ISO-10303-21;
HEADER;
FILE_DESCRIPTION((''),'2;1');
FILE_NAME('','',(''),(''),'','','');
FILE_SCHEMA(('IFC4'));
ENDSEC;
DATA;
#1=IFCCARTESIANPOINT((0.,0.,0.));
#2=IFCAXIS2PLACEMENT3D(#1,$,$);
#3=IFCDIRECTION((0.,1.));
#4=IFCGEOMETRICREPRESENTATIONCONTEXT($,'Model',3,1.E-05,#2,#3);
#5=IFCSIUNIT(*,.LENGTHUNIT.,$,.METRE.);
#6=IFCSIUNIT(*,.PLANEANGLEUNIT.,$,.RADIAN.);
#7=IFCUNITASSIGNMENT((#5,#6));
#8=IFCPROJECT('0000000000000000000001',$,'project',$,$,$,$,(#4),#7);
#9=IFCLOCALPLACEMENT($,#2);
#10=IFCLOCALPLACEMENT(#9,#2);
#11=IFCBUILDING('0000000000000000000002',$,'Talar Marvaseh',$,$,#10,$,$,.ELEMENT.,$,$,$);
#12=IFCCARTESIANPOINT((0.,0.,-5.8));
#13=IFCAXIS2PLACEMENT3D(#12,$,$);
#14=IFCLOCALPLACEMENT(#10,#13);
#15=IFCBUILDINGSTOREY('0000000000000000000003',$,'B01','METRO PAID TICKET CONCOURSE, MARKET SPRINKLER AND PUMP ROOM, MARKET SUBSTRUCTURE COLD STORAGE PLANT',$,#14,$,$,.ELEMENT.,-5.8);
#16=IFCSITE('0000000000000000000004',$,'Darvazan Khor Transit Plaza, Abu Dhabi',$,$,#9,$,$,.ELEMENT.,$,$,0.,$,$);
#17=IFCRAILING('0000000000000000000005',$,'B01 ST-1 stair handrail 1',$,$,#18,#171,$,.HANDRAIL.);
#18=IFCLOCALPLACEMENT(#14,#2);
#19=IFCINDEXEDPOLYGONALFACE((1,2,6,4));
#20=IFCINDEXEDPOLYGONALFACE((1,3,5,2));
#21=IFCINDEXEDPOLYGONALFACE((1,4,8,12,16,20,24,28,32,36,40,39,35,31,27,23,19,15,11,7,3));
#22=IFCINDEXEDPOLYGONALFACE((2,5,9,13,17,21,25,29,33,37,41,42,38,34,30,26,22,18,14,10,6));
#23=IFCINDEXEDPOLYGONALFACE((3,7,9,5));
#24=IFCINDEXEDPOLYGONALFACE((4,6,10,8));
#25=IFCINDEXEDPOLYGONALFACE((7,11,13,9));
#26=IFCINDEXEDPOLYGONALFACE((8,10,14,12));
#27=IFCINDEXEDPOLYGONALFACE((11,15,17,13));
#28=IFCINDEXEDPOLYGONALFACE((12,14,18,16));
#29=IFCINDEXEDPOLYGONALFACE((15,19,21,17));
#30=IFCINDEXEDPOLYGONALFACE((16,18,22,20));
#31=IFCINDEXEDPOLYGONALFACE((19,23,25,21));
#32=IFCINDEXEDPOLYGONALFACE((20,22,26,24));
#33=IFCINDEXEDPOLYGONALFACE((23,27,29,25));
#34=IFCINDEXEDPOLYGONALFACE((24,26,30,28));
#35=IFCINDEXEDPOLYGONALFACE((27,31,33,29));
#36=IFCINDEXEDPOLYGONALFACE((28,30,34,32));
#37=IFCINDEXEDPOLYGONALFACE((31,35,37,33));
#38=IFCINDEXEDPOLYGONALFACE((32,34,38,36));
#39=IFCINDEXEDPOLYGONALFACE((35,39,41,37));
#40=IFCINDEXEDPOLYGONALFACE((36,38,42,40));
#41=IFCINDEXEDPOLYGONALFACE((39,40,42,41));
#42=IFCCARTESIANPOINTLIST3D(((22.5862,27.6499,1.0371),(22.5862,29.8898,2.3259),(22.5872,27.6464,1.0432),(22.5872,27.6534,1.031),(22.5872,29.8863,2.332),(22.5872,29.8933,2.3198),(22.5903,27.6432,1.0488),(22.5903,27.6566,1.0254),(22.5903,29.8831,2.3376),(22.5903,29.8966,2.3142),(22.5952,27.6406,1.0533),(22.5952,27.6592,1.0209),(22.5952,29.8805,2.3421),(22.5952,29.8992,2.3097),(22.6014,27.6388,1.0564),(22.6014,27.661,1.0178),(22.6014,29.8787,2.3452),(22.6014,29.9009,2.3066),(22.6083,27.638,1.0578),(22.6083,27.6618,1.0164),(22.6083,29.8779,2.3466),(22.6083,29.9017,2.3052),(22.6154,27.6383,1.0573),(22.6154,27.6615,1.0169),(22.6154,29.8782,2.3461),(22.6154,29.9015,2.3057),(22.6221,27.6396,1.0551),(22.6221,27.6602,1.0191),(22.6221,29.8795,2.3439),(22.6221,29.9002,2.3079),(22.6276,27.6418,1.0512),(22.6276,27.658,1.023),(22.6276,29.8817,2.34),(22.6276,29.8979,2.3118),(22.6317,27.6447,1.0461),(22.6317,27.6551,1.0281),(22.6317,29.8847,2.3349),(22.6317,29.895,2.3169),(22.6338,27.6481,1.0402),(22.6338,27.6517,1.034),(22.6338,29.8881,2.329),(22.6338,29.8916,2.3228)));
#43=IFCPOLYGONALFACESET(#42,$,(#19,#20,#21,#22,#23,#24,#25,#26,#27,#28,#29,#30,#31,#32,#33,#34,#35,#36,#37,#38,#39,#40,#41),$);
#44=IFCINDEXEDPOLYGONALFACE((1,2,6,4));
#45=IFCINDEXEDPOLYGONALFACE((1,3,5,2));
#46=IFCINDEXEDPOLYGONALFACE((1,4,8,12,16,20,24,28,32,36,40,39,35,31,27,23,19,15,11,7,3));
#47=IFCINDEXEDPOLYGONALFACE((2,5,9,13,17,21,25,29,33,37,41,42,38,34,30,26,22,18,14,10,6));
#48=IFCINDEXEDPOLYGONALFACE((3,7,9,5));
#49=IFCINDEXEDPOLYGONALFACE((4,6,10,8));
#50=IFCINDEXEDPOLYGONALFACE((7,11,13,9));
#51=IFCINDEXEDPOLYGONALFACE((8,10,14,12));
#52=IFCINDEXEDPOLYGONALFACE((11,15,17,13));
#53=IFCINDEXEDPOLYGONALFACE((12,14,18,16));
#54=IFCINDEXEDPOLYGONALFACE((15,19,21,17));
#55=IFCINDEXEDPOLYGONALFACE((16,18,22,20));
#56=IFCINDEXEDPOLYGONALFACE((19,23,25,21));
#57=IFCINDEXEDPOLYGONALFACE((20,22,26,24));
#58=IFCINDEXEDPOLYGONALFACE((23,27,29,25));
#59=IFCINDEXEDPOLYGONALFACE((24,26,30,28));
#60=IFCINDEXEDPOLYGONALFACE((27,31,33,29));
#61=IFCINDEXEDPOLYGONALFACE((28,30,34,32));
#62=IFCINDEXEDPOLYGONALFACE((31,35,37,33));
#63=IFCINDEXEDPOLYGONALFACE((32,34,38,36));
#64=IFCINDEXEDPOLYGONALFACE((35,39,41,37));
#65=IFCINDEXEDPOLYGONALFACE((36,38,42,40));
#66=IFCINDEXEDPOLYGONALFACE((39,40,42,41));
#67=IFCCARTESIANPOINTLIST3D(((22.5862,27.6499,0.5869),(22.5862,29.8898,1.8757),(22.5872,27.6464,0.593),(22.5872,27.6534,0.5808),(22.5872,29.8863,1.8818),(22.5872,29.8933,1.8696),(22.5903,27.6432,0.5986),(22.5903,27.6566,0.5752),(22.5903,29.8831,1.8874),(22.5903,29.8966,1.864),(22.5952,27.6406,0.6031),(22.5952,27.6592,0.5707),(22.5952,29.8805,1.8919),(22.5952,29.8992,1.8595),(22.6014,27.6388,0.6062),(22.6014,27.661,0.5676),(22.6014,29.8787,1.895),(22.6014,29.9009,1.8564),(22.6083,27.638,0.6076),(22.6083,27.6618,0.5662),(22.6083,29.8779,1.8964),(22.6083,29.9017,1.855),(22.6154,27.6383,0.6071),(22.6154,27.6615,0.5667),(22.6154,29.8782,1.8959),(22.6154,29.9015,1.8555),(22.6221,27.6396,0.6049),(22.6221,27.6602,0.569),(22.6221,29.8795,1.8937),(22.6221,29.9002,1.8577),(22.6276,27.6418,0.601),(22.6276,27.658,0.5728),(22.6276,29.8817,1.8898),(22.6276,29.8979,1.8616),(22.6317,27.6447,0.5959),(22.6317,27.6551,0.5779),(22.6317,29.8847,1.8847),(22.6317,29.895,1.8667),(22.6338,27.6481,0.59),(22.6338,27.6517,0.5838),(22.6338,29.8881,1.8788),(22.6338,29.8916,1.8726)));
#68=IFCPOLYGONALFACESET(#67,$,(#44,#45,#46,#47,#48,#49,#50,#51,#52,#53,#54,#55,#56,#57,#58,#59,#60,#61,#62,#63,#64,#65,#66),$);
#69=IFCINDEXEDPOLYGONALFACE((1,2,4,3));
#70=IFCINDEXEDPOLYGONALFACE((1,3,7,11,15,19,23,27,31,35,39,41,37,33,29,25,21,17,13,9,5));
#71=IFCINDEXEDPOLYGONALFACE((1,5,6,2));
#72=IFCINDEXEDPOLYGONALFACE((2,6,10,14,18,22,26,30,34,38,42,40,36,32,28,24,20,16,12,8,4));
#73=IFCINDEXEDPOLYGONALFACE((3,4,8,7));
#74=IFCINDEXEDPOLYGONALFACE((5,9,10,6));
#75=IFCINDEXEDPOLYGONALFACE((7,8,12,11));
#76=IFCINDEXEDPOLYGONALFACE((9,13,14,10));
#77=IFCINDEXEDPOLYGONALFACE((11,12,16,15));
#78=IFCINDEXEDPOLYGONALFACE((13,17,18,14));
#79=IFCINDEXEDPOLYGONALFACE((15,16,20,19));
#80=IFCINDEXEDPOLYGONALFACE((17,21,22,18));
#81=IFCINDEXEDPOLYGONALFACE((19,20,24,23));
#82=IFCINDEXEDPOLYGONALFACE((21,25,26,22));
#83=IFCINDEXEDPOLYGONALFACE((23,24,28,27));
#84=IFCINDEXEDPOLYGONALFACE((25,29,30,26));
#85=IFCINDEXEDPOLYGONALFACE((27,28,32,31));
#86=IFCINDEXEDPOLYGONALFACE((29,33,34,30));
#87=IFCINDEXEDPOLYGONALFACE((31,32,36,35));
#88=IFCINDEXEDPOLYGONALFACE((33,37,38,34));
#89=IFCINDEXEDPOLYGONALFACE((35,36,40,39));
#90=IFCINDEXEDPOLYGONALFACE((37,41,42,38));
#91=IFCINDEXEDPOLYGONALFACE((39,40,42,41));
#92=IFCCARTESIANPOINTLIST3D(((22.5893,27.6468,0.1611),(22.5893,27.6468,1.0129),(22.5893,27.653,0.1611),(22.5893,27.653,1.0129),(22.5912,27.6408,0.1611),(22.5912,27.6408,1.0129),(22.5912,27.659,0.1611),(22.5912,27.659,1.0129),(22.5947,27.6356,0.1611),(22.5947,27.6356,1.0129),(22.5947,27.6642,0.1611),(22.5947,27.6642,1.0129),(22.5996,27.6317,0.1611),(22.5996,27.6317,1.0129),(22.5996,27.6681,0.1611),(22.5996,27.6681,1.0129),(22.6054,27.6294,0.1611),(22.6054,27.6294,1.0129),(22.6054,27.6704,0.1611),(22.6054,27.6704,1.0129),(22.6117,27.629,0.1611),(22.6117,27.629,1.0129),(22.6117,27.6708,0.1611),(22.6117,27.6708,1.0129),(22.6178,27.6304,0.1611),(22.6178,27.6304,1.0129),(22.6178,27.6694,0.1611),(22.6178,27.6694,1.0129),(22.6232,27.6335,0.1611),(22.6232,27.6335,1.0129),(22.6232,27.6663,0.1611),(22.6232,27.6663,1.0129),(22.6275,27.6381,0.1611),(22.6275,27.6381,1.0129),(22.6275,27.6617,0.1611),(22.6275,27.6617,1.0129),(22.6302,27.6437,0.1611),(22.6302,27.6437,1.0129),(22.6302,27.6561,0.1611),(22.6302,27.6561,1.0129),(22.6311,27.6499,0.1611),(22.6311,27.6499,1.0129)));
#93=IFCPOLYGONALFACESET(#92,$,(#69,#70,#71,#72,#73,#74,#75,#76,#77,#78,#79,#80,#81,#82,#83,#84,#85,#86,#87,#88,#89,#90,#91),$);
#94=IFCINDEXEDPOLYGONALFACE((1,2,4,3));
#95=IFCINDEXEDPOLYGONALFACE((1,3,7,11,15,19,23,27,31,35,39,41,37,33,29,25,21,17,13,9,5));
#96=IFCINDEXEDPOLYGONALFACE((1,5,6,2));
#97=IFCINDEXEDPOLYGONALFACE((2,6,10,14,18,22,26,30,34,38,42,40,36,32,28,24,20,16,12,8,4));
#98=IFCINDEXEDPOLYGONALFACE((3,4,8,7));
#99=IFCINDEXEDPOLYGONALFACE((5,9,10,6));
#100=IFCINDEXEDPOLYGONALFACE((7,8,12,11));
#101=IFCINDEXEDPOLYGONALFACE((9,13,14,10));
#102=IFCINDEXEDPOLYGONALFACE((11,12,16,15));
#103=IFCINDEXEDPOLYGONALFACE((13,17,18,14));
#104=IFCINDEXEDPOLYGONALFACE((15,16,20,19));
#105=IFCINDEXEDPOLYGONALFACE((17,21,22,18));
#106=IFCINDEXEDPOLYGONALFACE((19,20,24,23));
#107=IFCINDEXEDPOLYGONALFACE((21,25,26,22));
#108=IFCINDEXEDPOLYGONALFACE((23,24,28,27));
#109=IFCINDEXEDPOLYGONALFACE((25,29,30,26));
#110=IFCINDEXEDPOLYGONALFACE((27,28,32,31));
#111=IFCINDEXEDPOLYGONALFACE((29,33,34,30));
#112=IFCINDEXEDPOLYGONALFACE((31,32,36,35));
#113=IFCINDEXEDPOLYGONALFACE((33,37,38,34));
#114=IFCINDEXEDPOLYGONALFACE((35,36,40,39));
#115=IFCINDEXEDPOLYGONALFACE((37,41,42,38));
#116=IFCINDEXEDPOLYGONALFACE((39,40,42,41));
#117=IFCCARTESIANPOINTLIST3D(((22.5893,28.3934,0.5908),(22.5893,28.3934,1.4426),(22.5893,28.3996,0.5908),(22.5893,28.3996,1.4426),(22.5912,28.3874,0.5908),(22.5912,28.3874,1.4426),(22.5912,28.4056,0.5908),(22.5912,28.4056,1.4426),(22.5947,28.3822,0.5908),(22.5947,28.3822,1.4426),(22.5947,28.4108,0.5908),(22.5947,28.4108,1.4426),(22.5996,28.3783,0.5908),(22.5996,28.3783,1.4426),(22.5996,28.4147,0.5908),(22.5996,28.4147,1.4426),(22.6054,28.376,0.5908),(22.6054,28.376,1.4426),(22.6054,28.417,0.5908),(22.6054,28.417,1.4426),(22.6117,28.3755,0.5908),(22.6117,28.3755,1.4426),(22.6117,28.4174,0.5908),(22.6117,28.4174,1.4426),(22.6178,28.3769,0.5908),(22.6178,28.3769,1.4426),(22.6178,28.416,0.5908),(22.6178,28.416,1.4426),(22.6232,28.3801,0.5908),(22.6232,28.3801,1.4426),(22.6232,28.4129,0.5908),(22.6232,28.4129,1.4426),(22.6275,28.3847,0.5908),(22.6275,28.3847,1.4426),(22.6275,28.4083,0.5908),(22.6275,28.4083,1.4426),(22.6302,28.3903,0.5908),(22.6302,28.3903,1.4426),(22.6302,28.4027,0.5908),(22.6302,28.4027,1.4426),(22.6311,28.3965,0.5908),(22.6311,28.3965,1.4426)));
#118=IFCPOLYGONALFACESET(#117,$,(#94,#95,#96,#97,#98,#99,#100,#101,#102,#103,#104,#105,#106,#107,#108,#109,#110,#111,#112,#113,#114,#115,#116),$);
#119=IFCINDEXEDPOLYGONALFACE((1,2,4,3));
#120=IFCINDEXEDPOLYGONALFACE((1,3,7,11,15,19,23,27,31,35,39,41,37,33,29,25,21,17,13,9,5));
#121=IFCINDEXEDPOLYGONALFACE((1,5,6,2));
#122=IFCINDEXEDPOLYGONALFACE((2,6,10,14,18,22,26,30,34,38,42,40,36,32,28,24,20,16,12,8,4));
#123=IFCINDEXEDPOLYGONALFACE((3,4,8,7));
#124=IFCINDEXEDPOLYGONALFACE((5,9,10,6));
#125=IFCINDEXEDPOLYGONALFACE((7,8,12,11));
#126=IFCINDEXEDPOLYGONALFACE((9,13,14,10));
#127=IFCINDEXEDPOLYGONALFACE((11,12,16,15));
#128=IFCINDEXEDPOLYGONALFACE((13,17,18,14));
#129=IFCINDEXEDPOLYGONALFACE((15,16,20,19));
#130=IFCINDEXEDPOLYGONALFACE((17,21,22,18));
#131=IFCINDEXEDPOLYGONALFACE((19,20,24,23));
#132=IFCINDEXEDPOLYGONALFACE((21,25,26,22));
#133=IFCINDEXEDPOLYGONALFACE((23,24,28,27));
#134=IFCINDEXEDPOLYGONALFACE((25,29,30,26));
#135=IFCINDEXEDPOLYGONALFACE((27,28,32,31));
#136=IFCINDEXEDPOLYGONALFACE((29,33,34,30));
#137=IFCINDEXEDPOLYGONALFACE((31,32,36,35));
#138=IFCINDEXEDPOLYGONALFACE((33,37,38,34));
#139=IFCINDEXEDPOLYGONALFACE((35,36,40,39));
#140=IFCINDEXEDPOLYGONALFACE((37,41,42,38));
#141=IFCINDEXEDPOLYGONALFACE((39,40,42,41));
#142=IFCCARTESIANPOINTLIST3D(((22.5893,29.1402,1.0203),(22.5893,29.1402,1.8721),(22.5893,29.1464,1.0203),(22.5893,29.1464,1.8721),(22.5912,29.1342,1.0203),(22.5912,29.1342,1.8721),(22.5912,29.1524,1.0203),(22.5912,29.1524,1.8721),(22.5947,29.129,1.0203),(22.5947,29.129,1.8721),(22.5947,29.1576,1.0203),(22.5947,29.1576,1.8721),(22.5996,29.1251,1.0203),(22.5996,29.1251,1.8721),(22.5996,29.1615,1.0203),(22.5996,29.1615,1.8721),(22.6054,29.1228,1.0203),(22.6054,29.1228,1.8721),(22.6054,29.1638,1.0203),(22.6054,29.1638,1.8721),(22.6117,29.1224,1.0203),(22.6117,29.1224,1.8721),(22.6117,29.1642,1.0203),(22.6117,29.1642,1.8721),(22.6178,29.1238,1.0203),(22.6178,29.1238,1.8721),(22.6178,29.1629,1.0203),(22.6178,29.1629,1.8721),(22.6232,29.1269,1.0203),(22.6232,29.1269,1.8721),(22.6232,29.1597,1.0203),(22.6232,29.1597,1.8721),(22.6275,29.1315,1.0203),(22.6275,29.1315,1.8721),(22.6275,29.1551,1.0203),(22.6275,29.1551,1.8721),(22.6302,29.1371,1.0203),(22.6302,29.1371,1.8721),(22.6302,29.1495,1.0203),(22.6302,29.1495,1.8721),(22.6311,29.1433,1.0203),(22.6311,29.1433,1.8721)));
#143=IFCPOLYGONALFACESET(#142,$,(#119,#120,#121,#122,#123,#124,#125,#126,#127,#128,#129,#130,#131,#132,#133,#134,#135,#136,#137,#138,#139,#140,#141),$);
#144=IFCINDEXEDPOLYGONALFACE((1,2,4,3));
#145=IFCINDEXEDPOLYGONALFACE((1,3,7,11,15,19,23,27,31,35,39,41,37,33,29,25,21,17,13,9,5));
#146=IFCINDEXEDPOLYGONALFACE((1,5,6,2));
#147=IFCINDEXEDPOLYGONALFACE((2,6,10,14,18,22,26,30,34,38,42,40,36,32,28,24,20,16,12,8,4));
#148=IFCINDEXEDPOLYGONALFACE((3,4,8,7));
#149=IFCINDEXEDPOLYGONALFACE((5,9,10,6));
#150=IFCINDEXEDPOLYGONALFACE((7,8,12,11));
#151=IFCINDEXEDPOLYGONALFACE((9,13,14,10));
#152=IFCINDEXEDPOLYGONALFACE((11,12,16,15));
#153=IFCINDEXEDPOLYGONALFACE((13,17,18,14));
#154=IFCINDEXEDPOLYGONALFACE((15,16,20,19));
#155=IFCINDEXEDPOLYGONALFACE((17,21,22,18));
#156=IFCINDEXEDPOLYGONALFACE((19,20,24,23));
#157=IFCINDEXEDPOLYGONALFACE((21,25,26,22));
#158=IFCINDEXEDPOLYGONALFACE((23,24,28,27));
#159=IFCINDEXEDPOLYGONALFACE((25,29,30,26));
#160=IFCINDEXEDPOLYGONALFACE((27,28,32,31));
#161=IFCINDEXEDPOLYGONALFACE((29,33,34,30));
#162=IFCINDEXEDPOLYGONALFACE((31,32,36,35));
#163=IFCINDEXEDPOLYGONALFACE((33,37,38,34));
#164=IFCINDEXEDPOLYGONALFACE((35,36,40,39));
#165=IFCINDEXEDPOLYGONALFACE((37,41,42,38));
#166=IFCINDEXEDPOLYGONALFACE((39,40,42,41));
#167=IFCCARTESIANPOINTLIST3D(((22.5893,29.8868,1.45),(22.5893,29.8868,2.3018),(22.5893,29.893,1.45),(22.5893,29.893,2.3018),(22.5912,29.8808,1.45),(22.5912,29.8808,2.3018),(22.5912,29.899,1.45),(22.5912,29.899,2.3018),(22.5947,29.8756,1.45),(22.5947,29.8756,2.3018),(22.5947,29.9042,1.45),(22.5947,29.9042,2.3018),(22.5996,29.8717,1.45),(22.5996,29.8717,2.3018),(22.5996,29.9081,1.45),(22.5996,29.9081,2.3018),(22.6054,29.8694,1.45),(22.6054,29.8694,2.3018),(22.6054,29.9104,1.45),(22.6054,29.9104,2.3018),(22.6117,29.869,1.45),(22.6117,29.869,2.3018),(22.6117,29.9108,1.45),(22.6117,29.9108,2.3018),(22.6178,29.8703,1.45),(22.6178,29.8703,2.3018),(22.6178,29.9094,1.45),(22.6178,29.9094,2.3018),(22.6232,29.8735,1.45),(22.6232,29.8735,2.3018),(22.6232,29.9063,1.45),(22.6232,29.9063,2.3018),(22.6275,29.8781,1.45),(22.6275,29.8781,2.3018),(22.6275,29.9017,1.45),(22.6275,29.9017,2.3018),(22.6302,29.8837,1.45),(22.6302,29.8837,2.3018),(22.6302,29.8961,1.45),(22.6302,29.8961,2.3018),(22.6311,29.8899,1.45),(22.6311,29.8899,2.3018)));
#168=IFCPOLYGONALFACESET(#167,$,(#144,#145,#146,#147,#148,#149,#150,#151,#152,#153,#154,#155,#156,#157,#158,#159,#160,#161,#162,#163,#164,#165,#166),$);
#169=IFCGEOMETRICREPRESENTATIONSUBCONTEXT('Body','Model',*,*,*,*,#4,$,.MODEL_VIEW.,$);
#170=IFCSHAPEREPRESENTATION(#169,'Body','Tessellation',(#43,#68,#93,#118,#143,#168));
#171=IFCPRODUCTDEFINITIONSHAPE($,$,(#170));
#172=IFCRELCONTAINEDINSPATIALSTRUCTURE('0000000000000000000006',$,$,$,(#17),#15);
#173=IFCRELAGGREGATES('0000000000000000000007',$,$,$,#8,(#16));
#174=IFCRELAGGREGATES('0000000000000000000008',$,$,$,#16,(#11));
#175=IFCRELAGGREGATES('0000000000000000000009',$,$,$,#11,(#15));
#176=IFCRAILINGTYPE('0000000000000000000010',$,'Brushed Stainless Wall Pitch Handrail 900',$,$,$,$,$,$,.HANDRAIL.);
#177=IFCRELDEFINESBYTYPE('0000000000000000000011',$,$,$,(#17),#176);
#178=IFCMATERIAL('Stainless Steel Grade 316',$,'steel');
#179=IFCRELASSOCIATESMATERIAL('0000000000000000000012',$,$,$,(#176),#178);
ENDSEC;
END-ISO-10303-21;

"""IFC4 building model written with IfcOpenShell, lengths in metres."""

from ifc_helpers import new_model, si_unit, direction, frame, origin, origin_2d, place, context, subcontext, project, spatial, circle, extrude, material, type_object, element, save


model = new_model("IFC4")

# Units and contexts
model_context = context("Model", 3, precision=1e-05, world=origin(), true_north=direction((0.0, 1.0)))
body_context = subcontext(model_context, "Body", "Model", "MODEL_VIEW")
ifc_project = project(units=[si_unit("LENGTHUNIT", "METRE"), si_unit("PLANEANGLEUNIT", "RADIAN")], contexts=[model_context])

# Site, building, storey
site_placement = place(None, origin())
site = spatial("IfcSite", under=ifc_project, at=site_placement, Name="Darvazan Khor Transit Plaza, Abu Dhabi", CompositionType="ELEMENT", RefElevation=0.0)
building_placement = place(site_placement, origin())
building = spatial("IfcBuilding", under=site, at=building_placement, Name="Talar Marvaseh", CompositionType="ELEMENT")
storey_placement = place(building_placement, frame((0.0, 0.0, -5.8)))
storey = spatial("IfcBuildingStorey", under=building, at=storey_placement, Name="B01", Description="METRO PAID TICKET CONCOURSE, MARKET SPRINKLER AND PUMP ROOM, MARKET SUBSTRUCTURE COLD STORAGE PLANT", CompositionType="ELEMENT", Elevation=-5.8)

# Railing
ifc_material_1 = material(Name="Stainless Steel Grade 316", Category="steel")
railing_type_1 = type_object("IfcRailingType", Name="Brushed Stainless Wall Pitch Handrail 900", PredefinedType="HANDRAIL", material=ifc_material_1)
for number, where, name in (
    (1, (22.6101, 27.6499, 0.1611), "B01 ST-1 stair handrail 1"),
):
    element("IfcRailing", number, at=place(storey_placement, frame(where)), inside=storey, type_object=railing_type_1, Name=name, PredefinedType="HANDRAIL", context=body_context, shape_type="SweptSolid", body=[
        extrude(circle(Radius=0.0239, at=origin_2d()), frame((0.0, 0.0, 0.876), z_axis=(0.0, 0.866768, 0.498711), x_axis=(-1.0, 0.0, 0.0)), (0.0, 0.0, 1.0), 2.5842),
        extrude(circle(Radius=0.0239, at=origin_2d()), frame((0.0, 0.0, 0.4258), z_axis=(0.0, 0.866768, 0.498711), x_axis=(-1.0, 0.0, 0.0)), (0.0, 0.0, 1.0), 2.5842),
        extrude(circle(Radius=0.021, at=origin_2d()), origin(), (0.0, 0.0, 1.0), 0.8518),
        extrude(circle(Radius=0.021, at=origin_2d()), frame((0.0, 0.7466, 0.4297)), (0.0, 0.0, 1.0), 0.8518),
        extrude(circle(Radius=0.021, at=origin_2d()), frame((0.0, 1.4934, 0.8591)), (0.0, 0.0, 1.0), 0.8518),
        extrude(circle(Radius=0.021, at=origin_2d()), frame((0.0, 2.24, 1.2888)), (0.0, 0.0, 1.0), 0.8518),
    ])

save(model, "model.ifc")
